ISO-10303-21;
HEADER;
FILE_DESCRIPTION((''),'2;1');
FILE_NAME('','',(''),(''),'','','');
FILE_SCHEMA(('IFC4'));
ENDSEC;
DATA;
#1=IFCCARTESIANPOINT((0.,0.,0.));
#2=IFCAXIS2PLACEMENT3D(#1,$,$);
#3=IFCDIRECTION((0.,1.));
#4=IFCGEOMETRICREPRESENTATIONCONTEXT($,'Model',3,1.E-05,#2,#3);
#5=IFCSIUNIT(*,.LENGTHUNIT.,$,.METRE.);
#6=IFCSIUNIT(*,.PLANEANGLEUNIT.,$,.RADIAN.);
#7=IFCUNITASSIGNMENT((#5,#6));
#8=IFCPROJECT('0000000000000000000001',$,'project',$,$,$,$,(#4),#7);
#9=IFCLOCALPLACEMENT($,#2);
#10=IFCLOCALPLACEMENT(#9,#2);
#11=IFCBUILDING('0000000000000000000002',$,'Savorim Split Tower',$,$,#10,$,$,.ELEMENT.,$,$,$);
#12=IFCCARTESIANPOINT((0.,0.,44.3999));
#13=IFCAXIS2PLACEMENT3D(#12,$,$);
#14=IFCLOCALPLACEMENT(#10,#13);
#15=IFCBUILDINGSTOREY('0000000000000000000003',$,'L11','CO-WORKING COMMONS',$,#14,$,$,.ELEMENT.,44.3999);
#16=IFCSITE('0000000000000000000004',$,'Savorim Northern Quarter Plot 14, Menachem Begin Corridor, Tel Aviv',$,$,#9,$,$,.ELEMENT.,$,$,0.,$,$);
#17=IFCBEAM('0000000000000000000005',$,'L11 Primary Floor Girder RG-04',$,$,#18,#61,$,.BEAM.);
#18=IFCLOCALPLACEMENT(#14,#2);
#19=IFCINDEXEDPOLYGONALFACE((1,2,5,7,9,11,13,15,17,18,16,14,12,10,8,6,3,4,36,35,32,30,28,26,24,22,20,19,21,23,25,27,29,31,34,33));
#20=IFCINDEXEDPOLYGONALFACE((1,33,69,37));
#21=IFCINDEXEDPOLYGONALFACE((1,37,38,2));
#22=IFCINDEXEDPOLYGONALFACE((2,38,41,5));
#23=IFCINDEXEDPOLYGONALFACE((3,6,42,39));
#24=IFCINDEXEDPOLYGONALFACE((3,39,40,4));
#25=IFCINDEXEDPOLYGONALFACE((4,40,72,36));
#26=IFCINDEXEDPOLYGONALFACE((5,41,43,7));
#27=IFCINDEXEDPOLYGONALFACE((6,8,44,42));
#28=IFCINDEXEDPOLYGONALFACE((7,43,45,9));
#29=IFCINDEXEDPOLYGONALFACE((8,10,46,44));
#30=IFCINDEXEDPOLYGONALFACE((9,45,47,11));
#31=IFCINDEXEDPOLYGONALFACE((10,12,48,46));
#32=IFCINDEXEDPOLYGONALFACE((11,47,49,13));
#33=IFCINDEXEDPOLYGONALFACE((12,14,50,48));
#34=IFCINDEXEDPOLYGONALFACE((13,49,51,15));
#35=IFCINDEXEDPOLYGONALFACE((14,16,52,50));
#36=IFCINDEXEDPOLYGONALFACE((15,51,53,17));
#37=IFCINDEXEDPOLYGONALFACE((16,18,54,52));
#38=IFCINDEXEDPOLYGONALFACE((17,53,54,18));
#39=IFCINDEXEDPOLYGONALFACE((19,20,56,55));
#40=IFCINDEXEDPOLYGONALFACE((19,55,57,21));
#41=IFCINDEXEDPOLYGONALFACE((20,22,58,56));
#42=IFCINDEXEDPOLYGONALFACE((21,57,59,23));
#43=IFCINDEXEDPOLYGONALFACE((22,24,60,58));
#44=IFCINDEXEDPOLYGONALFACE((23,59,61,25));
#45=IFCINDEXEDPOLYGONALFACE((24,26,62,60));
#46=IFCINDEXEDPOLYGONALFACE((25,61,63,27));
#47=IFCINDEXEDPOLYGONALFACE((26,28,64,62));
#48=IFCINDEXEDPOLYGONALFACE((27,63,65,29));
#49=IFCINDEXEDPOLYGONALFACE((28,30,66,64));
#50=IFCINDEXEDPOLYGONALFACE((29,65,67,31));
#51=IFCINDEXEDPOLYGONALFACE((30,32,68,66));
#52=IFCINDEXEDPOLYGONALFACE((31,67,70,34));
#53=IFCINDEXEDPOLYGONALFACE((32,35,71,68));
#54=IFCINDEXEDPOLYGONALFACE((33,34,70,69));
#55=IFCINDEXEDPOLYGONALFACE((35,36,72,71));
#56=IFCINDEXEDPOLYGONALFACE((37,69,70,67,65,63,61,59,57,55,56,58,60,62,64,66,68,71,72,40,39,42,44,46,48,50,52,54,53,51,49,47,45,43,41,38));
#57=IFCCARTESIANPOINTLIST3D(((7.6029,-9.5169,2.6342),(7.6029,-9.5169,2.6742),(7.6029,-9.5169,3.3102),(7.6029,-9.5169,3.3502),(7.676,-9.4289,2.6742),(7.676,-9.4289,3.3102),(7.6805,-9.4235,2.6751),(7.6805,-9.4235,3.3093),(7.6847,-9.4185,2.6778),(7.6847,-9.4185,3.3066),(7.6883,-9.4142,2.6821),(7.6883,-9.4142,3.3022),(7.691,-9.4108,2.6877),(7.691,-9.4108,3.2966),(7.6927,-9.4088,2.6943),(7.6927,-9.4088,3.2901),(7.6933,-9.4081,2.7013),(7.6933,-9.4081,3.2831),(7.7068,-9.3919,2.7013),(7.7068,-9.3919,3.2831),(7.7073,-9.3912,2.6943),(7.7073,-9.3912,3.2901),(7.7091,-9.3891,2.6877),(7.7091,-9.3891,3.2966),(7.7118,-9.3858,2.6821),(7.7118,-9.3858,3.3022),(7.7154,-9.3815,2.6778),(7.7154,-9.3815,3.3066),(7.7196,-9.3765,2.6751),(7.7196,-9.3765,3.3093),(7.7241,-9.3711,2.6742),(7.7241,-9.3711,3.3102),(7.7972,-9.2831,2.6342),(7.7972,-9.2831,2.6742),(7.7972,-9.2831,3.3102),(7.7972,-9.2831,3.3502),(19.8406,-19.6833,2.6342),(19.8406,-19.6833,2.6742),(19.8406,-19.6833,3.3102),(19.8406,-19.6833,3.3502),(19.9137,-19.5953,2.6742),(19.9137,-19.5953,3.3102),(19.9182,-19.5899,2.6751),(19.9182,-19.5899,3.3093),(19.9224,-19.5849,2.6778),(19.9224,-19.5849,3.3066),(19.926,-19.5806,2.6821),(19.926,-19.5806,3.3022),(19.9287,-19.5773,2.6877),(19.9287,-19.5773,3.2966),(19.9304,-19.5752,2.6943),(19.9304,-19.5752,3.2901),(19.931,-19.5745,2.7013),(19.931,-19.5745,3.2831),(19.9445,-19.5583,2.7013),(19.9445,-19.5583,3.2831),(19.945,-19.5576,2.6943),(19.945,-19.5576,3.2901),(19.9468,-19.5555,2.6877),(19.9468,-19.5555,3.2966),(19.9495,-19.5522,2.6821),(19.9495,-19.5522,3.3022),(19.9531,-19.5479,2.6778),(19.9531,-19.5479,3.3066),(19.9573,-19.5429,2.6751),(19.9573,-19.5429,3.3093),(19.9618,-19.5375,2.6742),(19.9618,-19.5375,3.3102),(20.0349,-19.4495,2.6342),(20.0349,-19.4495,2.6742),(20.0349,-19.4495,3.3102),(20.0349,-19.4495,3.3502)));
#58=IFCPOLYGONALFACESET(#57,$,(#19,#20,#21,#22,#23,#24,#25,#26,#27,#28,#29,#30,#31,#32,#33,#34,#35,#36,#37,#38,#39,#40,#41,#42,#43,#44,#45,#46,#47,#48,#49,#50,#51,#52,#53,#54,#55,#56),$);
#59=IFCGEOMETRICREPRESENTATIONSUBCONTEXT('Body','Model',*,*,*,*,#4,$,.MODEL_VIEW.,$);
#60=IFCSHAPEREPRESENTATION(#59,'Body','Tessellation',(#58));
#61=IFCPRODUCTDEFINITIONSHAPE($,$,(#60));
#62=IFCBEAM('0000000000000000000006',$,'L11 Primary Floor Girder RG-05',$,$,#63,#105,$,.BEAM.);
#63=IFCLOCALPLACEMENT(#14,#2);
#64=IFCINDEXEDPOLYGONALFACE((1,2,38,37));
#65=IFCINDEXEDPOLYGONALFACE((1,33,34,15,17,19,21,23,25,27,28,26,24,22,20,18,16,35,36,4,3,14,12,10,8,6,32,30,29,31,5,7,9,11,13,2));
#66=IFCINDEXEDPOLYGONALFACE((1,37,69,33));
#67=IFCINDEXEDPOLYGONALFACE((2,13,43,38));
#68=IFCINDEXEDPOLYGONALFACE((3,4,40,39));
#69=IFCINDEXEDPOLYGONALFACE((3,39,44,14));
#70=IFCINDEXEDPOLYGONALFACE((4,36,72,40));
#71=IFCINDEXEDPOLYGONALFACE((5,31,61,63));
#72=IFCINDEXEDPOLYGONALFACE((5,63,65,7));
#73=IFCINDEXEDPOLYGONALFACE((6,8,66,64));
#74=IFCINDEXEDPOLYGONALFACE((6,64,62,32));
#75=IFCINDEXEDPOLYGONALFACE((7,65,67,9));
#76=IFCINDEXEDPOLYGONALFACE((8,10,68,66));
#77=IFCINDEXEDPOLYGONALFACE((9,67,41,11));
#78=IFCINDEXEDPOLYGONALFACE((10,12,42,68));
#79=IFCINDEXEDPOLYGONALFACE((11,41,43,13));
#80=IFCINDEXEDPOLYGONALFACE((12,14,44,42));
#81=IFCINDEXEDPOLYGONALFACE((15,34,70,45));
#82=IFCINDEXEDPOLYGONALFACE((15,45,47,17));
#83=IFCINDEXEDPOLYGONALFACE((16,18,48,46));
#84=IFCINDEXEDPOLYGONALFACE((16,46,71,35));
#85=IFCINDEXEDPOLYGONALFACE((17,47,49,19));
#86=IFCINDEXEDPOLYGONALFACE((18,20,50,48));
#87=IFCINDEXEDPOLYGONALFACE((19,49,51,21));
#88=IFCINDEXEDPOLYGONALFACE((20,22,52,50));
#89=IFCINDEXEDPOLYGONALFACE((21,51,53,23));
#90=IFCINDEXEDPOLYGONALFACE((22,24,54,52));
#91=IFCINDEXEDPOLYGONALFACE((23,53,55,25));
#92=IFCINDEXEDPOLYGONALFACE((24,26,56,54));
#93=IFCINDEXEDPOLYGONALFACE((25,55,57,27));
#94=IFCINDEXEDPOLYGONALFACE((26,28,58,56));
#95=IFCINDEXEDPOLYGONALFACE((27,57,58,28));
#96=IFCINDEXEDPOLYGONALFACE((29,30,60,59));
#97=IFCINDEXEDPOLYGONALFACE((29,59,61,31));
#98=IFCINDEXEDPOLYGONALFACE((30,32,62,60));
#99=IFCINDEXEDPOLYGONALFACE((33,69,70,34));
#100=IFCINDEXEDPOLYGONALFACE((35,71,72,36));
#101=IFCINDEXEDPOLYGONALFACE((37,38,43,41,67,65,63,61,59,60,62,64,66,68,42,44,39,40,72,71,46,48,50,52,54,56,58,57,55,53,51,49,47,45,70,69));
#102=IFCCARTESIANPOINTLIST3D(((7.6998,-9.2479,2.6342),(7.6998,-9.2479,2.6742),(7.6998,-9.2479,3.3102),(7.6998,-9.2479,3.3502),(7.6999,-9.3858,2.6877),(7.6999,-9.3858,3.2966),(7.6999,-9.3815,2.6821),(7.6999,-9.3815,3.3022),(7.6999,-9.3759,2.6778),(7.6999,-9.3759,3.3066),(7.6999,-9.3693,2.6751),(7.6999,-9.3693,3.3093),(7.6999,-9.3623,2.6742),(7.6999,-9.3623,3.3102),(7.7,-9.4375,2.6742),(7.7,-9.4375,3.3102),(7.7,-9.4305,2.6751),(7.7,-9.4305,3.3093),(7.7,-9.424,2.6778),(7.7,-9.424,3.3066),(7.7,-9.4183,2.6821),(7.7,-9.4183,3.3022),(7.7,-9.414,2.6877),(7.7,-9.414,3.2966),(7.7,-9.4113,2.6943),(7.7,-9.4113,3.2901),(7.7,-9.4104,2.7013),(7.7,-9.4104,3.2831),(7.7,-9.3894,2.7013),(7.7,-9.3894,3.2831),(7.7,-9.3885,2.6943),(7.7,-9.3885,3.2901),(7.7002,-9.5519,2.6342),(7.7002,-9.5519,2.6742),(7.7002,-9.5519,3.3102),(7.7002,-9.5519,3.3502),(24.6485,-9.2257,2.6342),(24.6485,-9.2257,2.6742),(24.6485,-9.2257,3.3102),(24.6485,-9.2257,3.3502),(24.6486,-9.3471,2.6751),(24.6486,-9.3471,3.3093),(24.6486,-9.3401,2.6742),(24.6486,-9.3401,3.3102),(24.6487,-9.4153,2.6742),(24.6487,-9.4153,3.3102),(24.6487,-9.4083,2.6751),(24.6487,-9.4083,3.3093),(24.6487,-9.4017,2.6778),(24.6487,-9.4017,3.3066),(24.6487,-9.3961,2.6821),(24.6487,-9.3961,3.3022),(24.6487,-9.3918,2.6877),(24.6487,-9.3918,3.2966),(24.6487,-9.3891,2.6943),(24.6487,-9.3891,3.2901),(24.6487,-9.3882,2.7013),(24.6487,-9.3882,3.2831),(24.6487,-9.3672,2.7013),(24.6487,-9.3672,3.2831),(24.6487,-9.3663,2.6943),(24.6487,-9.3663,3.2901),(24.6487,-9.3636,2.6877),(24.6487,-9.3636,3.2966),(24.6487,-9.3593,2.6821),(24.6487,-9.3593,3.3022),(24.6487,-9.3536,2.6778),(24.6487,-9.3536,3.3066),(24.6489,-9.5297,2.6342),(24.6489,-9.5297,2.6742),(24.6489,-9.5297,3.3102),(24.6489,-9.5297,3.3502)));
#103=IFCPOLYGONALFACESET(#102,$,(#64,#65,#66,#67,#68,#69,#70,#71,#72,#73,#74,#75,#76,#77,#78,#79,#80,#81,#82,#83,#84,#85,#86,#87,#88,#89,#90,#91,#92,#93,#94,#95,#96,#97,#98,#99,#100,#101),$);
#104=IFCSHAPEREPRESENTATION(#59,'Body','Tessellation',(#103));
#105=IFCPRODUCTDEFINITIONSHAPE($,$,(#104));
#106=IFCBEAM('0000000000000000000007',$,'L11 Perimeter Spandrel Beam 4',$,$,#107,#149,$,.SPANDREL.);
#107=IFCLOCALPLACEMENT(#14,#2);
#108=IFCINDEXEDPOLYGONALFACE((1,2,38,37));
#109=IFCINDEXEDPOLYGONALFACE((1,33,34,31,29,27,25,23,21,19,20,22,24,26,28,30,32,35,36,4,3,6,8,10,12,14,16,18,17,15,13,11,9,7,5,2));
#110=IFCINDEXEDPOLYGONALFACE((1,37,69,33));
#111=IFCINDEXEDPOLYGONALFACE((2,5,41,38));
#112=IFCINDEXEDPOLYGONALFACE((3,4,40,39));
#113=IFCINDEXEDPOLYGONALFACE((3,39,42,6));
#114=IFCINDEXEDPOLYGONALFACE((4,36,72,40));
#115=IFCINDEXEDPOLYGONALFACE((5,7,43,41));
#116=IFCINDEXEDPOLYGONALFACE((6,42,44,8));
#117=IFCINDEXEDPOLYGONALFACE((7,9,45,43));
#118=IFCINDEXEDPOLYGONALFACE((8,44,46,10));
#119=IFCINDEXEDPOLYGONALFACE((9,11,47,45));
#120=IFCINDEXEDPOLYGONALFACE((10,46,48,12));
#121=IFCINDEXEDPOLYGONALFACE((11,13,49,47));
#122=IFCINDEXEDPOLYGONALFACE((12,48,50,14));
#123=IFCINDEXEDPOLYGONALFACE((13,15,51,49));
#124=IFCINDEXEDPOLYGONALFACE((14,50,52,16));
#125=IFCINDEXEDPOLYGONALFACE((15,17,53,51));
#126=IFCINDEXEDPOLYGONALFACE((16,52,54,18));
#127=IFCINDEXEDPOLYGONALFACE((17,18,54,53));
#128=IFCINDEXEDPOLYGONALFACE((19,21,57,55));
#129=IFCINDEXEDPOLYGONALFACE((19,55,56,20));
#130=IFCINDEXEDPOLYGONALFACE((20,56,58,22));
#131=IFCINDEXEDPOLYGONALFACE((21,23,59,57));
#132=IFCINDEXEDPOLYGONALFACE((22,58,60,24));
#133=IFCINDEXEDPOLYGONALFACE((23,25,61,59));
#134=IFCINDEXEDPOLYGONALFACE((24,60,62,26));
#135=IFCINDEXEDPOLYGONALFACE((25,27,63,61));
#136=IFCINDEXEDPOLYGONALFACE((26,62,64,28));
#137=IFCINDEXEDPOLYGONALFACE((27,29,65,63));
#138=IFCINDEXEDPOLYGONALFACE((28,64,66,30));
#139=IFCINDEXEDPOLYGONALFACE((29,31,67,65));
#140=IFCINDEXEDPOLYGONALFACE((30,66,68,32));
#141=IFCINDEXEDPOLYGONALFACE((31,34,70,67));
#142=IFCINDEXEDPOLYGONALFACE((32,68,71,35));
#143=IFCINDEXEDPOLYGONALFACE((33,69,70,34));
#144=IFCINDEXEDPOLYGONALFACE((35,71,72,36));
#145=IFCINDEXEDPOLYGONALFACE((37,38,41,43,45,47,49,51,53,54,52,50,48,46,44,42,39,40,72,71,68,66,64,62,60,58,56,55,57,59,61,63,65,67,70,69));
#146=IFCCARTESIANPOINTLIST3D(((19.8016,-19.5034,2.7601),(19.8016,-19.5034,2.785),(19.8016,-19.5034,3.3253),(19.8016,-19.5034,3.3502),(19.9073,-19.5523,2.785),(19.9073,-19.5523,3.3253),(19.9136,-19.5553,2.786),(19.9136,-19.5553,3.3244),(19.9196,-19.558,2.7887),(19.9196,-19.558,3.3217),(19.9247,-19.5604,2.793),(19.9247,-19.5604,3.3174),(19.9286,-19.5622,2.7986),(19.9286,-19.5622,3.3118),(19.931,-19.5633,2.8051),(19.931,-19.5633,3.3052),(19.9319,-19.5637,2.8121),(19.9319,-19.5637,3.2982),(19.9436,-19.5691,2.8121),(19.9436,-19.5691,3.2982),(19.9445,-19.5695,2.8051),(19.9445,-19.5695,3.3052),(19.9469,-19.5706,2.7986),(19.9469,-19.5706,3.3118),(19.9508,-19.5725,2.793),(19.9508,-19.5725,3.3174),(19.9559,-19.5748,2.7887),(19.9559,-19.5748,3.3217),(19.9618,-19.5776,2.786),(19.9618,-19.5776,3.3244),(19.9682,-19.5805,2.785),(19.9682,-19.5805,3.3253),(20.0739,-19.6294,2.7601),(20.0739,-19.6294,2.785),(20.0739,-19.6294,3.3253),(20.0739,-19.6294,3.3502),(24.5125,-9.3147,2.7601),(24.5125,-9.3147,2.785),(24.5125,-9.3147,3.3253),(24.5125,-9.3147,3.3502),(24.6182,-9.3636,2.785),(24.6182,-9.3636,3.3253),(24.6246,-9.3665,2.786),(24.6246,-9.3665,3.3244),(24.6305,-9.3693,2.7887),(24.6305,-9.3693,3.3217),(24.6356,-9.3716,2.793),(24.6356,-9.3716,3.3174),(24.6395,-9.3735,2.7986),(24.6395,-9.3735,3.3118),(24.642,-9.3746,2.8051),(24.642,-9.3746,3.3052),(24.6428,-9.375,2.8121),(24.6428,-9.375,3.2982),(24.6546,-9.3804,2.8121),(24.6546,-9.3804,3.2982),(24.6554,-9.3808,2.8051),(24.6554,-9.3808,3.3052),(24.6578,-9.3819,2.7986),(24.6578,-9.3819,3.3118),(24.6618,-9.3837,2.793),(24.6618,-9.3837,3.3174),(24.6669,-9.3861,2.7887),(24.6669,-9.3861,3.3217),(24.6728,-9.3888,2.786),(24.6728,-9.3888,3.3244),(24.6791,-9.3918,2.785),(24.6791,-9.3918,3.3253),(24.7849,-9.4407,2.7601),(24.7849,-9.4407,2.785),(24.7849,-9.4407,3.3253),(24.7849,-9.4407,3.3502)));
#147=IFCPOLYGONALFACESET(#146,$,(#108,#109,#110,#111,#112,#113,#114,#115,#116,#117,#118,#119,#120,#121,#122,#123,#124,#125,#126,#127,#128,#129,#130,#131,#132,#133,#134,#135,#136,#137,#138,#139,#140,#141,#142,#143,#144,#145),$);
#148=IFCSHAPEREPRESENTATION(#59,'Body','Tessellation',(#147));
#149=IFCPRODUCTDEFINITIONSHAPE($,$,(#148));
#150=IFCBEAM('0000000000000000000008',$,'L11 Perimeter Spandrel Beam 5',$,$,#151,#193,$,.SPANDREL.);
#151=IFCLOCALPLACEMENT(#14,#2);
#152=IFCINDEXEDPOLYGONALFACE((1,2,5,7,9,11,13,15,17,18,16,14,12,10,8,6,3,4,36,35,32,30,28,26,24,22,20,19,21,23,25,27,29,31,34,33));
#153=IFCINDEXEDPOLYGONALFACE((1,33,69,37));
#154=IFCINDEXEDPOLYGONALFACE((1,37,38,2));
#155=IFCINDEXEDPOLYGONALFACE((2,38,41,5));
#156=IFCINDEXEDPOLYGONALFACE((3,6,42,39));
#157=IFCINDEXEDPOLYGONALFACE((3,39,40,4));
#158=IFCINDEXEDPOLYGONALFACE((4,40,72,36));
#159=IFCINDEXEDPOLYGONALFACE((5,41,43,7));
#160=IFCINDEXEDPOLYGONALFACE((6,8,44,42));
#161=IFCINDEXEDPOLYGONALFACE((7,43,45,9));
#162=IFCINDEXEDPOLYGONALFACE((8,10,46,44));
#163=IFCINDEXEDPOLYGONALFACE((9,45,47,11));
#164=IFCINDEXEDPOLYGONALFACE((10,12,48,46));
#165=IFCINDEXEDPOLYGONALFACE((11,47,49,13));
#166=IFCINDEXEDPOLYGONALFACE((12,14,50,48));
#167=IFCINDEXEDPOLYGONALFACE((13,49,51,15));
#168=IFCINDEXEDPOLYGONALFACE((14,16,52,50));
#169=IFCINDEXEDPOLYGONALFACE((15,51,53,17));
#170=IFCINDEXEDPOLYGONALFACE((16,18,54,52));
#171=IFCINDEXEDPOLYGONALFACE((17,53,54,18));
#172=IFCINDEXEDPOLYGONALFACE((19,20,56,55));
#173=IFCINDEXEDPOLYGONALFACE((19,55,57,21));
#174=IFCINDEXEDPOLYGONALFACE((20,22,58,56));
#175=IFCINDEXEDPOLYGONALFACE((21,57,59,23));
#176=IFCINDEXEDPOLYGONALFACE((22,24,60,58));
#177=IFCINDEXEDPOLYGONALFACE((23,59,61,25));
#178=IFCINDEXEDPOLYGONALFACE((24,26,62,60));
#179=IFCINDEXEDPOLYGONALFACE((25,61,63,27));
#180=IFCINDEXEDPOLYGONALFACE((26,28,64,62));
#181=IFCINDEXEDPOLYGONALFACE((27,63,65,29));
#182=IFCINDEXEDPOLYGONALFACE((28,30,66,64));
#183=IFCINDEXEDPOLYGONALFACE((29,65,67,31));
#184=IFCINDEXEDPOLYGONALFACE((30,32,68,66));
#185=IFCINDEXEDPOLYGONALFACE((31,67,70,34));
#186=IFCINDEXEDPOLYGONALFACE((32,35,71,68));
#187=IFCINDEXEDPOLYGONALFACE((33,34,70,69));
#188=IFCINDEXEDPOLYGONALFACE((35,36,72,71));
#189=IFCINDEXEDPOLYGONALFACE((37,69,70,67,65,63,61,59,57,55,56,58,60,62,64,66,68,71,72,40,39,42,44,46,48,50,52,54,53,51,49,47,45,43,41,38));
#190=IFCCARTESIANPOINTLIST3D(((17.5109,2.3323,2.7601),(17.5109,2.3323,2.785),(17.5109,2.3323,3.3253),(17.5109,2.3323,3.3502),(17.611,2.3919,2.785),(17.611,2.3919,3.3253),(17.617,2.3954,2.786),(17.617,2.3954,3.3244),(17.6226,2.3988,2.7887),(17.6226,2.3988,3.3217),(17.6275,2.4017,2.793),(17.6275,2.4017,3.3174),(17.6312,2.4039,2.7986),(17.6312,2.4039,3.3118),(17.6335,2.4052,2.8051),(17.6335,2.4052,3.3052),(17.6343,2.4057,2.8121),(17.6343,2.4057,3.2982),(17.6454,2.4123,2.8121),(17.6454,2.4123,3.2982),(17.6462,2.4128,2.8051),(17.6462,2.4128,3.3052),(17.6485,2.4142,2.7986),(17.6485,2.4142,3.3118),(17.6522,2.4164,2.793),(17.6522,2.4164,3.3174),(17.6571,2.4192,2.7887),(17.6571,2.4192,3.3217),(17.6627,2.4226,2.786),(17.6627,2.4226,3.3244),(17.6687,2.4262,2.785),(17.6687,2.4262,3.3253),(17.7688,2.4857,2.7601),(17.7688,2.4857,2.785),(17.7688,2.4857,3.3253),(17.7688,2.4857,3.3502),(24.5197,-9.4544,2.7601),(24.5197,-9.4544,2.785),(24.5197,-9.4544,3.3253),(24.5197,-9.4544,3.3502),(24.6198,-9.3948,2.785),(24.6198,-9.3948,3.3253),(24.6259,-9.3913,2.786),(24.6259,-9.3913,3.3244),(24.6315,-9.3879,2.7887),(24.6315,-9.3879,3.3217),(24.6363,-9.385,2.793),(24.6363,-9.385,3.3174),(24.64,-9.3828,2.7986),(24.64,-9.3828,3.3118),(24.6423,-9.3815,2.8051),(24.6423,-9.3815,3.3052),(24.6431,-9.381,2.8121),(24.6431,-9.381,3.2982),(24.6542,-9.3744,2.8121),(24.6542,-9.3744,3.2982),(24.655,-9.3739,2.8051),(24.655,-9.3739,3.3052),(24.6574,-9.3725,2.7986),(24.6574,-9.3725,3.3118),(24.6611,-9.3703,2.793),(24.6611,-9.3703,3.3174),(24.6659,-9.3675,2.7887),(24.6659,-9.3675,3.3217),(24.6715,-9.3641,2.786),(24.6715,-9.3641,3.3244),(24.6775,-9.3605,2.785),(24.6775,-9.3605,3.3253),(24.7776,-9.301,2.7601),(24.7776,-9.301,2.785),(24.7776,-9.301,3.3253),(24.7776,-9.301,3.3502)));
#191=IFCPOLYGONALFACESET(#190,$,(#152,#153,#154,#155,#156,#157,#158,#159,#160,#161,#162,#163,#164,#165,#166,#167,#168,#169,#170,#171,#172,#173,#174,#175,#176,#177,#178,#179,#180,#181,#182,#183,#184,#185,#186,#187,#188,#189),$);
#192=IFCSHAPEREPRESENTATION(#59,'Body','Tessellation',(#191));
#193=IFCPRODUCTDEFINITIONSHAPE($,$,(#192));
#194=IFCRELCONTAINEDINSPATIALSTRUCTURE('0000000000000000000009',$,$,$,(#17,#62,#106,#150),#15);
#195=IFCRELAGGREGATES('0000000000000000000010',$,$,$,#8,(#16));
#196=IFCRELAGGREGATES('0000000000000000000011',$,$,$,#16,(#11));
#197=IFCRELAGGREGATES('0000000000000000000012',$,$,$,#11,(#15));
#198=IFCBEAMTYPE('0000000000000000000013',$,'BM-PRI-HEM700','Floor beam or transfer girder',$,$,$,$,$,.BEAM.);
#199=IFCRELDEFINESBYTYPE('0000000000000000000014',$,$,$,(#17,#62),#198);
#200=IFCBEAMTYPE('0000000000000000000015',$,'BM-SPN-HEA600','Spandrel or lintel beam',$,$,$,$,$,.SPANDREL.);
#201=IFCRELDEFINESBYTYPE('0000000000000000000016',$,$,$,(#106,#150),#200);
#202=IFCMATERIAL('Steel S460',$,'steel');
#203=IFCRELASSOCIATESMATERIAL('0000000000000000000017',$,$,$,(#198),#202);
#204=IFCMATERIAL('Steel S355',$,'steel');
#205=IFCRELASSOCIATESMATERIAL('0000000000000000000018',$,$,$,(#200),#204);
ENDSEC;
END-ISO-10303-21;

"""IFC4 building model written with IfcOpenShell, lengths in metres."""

from ifc_helpers import new_model, si_unit, direction, frame, origin, origin_2d, place, context, subcontext, project, spatial, i_section, extrude, material, material_profile, profile_set, type_object, element, save


model = new_model("IFC4")

# Units and contexts
model_context = context("Model", 3, precision=1e-05, world=origin(), true_north=direction((0.0, 1.0)))
body_context = subcontext(model_context, "Body", "Model", "MODEL_VIEW")
ifc_project = project(units=[si_unit("LENGTHUNIT", "METRE"), si_unit("PLANEANGLEUNIT", "RADIAN")], contexts=[model_context])

# Site, building, storey
site_placement = place(None, origin())
site = spatial("IfcSite", under=ifc_project, at=site_placement, Name="Savorim Northern Quarter Plot 14, Menachem Begin Corridor, Tel Aviv", CompositionType="ELEMENT", RefElevation=0.0)
building_placement = place(site_placement, origin())
building = spatial("IfcBuilding", under=site, at=building_placement, Name="Savorim Split Tower", CompositionType="ELEMENT")
storey_placement = place(building_placement, frame((0.0, 0.0, 44.3999)))
storey = spatial("IfcBuildingStorey", under=building, at=storey_placement, Name="L11", Description="CO-WORKING COMMONS", CompositionType="ELEMENT", Elevation=44.3999)

# Shared definitions
ifc_material_1 = material(Name="Steel S460", Category="steel")

# Beams
ifc_material_2 = material(Name="Steel S355", Category="steel")
ifc_material_profile_1 = material_profile(ifc_material_1, i_section(OverallWidth=0.304, OverallDepth=0.7161, WebThickness=0.021, FlangeThickness=0.04, FilletRadius=0.0271, at=origin_2d()), Name="HE 700 M")
ifc_profile_set_1 = profile_set([ifc_material_profile_1], Name="Steel S460")
beam_type_1 = type_object("IfcBeamType", Name="BM-PRI-HEM700", Description="Floor beam or transfer girder", PredefinedType="BEAM", material=ifc_profile_set_1)
beam_1_placement = place(storey_placement, frame((19.9377, -19.5664, 2.9922), z_axis=(-0.769199, 0.639009, 0.0), x_axis=(-0.639009, -0.769199, 0.0)))
element("IfcBeam", 1, at=beam_1_placement, inside=storey, type_object=beam_type_1, Name="L11 Primary Floor Girder RG-04", PredefinedType="BEAM", context=body_context, shape_type="SweptSolid", body=[
    extrude(i_section(OverallWidth=0.304, OverallDepth=0.7161, WebThickness=0.021, FlangeThickness=0.04, FilletRadius=0.0271, at=origin_2d()), origin(), (0.0, 0.0, 1.0), 15.9097),
])
beam_2_placement = place(storey_placement, frame((24.6487, -9.3777, 2.9922), z_axis=(-0.999999, -0.001311, 0.0), x_axis=(0.001311, -0.999999, 0.0)))
element("IfcBeam", 2, at=beam_2_placement, inside=storey, type_object=beam_type_1, Name="L11 Primary Floor Girder RG-05", PredefinedType="BEAM", context=body_context, shape_type="SweptSolid", body=[
    extrude(i_section(OverallWidth=0.304, OverallDepth=0.7161, WebThickness=0.021, FlangeThickness=0.04, FilletRadius=0.0271, at=origin_2d()), origin(), (0.0, 0.0, 1.0), 16.9487),
])
ifc_material_profile_2 = material_profile(ifc_material_2, i_section(OverallWidth=0.3, OverallDepth=0.5901, WebThickness=0.0129, FlangeThickness=0.0249, FilletRadius=0.0271, at=origin_2d()), Name="HEA 600")
ifc_profile_set_2 = profile_set([ifc_material_profile_2], Name="Steel S355")
beam_type_2 = type_object("IfcBeamType", Name="BM-SPN-HEA600", Description="Spandrel or lintel beam", PredefinedType="SPANDREL", material=ifc_profile_set_2)
beam_3_placement = place(storey_placement, frame((19.9377, -19.5664, 3.0552), z_axis=(0.419679, 0.907673, 0.0), x_axis=(-0.907673, 0.419679, 0.0)))
element("IfcBeam", 3, at=beam_3_placement, inside=storey, type_object=beam_type_2, Name="L11 Perimeter Spandrel Beam 4", PredefinedType="SPANDREL", context=body_context, shape_type="SweptSolid", body=[
    extrude(i_section(OverallWidth=0.3, OverallDepth=0.5901, WebThickness=0.0129, FlangeThickness=0.0249, FilletRadius=0.0271, at=origin_2d()), origin(), (0.0, 0.0, 1.0), 11.2251),
])
beam_4_placement = place(storey_placement, frame((24.6487, -9.3777, 3.0552), z_axis=(-0.511104, 0.859519, 0.0), x_axis=(-0.859519, -0.511104, 0.0)))
element("IfcBeam", 4, at=beam_4_placement, inside=storey, type_object=beam_type_2, Name="L11 Perimeter Spandrel Beam 5", PredefinedType="SPANDREL", context=body_context, shape_type="SweptSolid", body=[
    extrude(i_section(OverallWidth=0.3, OverallDepth=0.5901, WebThickness=0.0129, FlangeThickness=0.0249, FilletRadius=0.0271, at=origin_2d()), origin(), (0.0, 0.0, 1.0), 13.7131),
])

save(model, "model.ifc")
